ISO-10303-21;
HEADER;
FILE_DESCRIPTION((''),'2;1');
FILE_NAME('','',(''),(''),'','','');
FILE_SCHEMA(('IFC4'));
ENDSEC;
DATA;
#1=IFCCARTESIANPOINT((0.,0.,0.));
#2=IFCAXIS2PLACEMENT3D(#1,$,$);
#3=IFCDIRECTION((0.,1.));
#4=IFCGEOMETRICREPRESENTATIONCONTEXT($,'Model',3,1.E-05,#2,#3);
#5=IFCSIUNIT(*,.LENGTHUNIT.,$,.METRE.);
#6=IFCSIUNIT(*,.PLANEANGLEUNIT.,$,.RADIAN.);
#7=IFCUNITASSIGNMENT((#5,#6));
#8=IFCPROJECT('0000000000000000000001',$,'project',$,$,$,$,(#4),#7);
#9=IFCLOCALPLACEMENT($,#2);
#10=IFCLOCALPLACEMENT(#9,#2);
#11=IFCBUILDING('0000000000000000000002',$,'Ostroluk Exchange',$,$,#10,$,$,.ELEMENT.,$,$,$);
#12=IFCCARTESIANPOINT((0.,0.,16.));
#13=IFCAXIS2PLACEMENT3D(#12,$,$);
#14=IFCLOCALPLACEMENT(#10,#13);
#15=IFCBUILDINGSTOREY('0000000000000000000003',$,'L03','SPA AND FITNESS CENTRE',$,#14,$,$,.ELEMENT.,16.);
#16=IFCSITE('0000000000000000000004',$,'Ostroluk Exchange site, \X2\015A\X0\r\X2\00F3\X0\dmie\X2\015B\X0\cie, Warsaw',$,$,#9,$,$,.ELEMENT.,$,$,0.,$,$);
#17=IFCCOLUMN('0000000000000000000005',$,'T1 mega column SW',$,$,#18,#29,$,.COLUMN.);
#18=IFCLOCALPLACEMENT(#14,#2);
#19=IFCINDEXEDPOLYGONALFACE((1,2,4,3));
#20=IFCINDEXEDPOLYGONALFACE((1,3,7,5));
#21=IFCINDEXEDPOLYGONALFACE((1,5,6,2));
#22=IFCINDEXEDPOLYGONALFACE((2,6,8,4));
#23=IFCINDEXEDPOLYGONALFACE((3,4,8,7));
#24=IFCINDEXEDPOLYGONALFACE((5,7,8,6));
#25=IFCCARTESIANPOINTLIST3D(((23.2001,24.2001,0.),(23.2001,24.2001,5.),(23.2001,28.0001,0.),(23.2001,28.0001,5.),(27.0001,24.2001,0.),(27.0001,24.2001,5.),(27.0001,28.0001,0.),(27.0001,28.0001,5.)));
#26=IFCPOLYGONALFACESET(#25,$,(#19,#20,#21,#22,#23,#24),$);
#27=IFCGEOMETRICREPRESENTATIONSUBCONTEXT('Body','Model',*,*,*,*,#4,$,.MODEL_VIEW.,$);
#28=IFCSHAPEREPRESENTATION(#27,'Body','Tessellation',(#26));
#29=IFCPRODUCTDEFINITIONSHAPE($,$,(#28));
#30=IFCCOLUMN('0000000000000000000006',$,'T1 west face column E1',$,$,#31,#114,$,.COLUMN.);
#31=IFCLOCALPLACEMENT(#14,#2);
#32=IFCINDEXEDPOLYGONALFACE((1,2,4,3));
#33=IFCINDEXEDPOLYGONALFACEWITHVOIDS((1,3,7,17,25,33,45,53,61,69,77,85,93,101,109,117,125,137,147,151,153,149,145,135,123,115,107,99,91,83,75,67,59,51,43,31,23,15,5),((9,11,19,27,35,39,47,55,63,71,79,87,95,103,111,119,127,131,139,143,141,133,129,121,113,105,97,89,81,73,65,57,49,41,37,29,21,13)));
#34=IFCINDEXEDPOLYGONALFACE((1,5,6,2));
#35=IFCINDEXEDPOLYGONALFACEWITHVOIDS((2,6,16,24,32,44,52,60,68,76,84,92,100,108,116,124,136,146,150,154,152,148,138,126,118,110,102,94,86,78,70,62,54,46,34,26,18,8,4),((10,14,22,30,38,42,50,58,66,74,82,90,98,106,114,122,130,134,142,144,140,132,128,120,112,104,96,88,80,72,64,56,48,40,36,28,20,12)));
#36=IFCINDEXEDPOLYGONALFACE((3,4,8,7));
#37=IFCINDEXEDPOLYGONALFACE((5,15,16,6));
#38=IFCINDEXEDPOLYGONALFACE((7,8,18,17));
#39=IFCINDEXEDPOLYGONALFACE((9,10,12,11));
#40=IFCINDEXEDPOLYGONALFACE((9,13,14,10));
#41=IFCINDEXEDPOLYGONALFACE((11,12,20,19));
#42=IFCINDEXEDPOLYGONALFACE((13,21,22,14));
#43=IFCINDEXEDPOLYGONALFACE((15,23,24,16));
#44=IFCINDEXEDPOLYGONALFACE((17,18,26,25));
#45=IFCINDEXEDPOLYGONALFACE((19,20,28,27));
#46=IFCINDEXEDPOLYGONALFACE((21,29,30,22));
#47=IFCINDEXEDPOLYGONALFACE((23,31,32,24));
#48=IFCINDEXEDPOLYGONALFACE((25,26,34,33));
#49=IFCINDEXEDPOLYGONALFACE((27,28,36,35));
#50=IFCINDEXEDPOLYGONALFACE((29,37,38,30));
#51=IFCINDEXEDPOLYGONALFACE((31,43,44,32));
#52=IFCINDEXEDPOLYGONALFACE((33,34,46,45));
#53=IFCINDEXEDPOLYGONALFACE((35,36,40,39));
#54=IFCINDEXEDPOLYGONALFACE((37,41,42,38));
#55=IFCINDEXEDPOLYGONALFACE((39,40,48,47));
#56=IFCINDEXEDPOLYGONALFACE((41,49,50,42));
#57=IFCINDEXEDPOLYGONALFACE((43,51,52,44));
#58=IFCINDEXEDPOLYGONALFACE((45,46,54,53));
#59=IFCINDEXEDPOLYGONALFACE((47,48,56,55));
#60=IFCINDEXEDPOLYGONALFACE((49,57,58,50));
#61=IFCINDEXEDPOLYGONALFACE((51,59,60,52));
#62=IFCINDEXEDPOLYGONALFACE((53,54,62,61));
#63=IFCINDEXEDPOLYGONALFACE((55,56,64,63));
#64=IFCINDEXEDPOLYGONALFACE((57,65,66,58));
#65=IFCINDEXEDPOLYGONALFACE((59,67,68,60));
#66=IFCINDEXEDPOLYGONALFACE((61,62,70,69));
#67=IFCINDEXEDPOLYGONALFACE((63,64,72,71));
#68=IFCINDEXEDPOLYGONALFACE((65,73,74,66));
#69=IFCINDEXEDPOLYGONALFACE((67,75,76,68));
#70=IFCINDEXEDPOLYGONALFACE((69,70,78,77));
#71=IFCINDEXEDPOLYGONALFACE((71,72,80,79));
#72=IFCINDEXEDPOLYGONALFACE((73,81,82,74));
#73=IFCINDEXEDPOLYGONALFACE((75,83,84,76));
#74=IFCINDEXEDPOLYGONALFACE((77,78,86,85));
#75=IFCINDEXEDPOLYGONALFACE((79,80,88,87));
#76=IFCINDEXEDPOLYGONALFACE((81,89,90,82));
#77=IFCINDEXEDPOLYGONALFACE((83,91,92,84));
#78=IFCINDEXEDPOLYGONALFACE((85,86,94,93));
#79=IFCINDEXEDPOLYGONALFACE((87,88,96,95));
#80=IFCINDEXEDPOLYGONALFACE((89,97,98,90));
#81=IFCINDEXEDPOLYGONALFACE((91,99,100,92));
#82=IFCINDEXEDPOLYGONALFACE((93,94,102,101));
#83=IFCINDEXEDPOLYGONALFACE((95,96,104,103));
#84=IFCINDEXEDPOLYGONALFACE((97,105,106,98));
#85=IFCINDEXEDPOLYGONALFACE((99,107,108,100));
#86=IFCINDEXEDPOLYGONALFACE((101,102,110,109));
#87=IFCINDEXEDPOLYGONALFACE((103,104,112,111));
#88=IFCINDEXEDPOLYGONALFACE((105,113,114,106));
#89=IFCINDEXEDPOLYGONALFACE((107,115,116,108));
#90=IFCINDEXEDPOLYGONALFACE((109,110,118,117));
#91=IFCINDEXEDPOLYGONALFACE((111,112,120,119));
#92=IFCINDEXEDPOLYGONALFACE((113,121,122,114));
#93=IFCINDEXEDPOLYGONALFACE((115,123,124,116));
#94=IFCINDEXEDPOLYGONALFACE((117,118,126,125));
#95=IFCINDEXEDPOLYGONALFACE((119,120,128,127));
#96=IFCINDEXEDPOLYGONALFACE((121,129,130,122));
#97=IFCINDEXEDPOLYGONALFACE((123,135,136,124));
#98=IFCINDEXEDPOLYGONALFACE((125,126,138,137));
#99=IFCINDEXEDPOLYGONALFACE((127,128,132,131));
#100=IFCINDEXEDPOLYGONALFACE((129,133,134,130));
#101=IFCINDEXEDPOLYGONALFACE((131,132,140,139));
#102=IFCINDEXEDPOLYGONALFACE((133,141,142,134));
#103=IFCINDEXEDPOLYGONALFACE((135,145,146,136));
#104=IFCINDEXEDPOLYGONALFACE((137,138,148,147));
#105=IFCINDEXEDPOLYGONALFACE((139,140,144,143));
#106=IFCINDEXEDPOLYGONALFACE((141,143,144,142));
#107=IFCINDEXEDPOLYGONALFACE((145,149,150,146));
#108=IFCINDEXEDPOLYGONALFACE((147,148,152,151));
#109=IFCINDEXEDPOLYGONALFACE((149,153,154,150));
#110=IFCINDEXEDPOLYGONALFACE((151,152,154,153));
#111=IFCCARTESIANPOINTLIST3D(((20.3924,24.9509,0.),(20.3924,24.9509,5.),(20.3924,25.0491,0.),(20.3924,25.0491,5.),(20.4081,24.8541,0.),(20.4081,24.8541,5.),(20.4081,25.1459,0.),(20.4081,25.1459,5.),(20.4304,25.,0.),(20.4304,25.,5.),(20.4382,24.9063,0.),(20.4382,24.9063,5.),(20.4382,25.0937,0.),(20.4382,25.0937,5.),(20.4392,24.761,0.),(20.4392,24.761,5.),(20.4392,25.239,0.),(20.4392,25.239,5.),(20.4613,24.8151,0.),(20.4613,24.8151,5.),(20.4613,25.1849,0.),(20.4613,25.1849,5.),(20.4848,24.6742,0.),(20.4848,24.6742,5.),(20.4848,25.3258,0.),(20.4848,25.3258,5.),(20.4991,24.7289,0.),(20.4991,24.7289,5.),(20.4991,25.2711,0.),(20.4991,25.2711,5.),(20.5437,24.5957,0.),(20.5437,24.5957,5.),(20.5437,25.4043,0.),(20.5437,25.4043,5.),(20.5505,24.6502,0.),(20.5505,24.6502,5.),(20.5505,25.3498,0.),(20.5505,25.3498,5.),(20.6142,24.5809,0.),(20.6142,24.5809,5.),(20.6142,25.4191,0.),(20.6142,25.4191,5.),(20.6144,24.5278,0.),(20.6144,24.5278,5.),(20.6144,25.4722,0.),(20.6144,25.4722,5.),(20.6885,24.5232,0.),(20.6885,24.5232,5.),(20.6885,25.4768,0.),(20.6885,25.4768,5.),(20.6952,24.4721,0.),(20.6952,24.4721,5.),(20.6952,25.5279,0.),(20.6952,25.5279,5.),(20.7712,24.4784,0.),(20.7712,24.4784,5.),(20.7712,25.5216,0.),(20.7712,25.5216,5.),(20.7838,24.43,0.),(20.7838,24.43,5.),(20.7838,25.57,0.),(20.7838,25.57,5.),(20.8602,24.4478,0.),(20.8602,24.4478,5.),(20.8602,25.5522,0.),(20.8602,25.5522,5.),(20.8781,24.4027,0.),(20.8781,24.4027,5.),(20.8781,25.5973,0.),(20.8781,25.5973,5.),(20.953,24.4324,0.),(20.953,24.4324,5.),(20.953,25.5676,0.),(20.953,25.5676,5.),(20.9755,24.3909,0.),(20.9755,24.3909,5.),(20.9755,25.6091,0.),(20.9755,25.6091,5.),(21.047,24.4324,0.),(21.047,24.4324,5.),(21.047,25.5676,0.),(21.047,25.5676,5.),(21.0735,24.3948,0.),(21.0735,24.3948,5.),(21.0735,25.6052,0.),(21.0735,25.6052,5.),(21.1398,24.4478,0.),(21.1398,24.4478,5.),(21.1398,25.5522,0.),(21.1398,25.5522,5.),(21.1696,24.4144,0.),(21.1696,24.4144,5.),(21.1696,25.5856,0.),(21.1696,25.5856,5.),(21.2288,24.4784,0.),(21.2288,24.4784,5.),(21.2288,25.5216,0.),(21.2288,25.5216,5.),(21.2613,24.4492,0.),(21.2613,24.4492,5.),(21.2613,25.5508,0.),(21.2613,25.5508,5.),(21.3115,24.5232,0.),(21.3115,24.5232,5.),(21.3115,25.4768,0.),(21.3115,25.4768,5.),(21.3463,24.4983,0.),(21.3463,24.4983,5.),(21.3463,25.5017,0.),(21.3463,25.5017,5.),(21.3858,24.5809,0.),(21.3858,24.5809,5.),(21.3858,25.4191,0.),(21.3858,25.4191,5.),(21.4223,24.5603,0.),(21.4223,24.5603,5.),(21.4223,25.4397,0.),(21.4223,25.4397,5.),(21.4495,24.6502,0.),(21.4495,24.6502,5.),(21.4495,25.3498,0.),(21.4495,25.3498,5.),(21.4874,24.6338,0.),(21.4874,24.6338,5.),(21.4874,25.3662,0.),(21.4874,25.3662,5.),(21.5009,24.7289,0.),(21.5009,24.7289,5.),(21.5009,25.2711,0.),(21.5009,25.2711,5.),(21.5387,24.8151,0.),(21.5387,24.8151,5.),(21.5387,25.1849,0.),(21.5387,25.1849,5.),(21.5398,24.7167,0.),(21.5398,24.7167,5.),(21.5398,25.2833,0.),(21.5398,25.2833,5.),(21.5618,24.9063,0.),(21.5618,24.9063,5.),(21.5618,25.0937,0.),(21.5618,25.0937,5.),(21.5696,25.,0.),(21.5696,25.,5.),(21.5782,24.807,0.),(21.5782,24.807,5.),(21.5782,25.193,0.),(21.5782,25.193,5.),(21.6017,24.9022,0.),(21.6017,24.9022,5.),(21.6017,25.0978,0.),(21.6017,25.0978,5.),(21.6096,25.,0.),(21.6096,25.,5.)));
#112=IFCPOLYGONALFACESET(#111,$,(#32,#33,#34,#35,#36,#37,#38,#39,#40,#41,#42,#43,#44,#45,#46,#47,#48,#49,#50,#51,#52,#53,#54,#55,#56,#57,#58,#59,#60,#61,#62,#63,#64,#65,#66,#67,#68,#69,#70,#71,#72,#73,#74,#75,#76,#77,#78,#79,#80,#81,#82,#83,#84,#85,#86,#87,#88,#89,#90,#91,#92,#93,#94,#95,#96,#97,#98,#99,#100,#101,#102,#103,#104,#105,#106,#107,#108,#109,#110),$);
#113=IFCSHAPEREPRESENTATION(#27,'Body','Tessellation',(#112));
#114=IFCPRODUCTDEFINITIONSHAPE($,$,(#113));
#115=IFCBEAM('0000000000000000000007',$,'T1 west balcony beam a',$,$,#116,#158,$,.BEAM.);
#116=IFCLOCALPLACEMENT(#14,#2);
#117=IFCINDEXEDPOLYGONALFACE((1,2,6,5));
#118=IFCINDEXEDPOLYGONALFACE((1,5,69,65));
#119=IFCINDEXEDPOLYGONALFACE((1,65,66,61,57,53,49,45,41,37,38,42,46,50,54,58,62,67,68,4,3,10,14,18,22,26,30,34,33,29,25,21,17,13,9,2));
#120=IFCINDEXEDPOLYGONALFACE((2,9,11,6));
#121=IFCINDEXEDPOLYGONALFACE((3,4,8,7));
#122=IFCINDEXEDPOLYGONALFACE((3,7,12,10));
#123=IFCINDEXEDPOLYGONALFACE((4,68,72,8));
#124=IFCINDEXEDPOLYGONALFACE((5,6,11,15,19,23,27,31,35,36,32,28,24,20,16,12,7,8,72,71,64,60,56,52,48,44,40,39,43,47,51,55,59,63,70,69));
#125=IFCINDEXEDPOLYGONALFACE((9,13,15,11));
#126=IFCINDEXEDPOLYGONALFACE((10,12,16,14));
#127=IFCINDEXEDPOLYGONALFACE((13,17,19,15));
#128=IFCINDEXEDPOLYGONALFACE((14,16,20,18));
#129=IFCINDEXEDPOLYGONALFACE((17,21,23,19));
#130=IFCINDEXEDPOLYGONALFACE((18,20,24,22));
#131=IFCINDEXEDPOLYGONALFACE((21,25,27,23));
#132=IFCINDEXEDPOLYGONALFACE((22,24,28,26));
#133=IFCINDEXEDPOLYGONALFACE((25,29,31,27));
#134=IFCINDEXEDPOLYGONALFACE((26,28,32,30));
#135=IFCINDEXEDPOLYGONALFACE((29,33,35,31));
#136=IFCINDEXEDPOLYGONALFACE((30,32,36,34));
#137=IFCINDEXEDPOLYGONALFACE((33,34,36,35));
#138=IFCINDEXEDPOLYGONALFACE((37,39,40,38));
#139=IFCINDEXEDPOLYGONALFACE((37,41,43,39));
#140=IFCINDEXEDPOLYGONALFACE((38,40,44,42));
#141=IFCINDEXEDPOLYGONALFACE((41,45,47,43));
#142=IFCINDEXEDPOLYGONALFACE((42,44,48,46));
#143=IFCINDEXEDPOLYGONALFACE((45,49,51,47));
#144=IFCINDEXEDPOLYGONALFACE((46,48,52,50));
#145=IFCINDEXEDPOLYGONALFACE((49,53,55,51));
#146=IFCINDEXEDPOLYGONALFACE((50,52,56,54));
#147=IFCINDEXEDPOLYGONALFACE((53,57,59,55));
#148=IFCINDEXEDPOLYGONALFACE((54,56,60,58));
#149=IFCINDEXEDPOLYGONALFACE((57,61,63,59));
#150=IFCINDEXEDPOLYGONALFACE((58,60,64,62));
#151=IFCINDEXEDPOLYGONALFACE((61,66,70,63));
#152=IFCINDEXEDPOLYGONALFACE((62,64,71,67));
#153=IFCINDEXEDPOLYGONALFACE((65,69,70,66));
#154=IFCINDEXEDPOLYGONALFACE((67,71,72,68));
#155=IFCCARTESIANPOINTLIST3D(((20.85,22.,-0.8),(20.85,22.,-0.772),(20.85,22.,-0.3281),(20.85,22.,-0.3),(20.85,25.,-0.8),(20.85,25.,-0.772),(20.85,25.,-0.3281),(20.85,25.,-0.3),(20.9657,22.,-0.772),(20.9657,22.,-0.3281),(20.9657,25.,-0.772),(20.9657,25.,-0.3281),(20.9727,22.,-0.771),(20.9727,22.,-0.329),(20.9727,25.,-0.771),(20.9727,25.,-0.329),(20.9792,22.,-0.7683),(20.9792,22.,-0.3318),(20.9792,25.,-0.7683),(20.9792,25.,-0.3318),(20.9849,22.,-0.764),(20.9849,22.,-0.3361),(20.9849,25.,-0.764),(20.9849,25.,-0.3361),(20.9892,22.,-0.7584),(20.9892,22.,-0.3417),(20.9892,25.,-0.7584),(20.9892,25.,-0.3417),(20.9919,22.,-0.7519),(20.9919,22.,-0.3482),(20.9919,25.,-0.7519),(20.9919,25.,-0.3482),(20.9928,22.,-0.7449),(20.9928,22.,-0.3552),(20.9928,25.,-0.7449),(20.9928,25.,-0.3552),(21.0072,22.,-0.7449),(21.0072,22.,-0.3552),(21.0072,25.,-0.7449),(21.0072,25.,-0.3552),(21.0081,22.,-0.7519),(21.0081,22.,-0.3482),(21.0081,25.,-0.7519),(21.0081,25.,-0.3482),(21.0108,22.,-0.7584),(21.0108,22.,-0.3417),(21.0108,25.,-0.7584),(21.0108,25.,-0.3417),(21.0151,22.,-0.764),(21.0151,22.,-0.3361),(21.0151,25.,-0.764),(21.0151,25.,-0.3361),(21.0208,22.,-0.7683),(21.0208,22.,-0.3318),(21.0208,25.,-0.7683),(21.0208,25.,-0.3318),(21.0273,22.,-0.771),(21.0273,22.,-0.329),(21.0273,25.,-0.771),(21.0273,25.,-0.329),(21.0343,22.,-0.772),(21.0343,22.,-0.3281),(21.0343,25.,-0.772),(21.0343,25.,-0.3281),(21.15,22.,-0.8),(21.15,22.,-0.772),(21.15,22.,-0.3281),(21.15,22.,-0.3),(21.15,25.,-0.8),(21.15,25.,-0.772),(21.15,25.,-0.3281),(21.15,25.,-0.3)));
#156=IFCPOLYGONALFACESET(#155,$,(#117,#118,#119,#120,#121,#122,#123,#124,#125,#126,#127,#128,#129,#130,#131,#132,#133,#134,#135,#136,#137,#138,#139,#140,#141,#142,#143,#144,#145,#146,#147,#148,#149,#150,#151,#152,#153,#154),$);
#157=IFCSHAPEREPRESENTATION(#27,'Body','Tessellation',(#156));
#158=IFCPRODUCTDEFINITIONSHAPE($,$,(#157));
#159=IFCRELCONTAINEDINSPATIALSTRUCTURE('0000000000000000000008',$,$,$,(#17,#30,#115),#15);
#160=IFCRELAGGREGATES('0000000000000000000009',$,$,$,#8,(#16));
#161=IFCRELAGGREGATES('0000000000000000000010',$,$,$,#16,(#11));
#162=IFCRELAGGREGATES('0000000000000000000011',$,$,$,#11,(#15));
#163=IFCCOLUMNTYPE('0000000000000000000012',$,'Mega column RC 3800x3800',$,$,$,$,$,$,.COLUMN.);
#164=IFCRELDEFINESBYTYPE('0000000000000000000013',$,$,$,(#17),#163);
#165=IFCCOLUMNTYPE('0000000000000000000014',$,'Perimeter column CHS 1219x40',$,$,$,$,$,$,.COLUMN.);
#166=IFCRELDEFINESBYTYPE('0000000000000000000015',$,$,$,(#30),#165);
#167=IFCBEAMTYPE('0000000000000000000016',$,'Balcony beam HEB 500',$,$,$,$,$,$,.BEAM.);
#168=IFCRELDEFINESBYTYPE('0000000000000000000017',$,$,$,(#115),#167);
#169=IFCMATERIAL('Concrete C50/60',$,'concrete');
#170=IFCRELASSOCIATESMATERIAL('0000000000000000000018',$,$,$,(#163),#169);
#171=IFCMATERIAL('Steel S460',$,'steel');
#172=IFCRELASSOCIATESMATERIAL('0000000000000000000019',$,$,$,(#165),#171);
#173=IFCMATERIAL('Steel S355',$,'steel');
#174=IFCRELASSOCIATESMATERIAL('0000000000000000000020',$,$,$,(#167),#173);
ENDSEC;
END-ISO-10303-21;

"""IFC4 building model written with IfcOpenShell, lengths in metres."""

from ifc_helpers import new_model, si_unit, direction, frame, origin, origin_2d, place, context, subcontext, project, spatial, rectangle, hollow_circle, i_section, extrude, material, material_profile, profile_set, type_object, element, save


model = new_model("IFC4")

# Units and contexts
model_context = context("Model", 3, precision=1e-05, world=origin(), true_north=direction((0.0, 1.0)))
body_context = subcontext(model_context, "Body", "Model", "MODEL_VIEW")
ifc_project = project(units=[si_unit("LENGTHUNIT", "METRE"), si_unit("PLANEANGLEUNIT", "RADIAN")], contexts=[model_context])

# Site, building, storey
site_placement = place(None, origin())
site = spatial("IfcSite", under=ifc_project, at=site_placement, Name="Ostroluk Exchange site, Śródmieście, Warsaw", CompositionType="ELEMENT", RefElevation=0.0)
building_placement = place(site_placement, origin())
building = spatial("IfcBuilding", under=site, at=building_placement, Name="Ostroluk Exchange", CompositionType="ELEMENT")
storey_placement = place(building_placement, frame((0.0, 0.0, 16.0)))
storey = spatial("IfcBuildingStorey", under=building, at=storey_placement, Name="L03", Description="SPA AND FITNESS CENTRE", CompositionType="ELEMENT", Elevation=16.0)

# Columns
ifc_material_1 = material(Name="Concrete C50/60", Category="concrete")
ifc_material_profile_1 = material_profile(ifc_material_1, rectangle(XDim=3.8, YDim=3.8, at=origin_2d()), Name="RC 3800x3800")
ifc_profile_set_1 = profile_set([ifc_material_profile_1], Name="Concrete C50/60")
column_type_1 = type_object("IfcColumnType", Name="Mega column RC 3800x3800", PredefinedType="COLUMN", material=ifc_profile_set_1)
column_1_placement = place(storey_placement, frame((25.1001, 26.1001, 0.0), z_axis=(0.0, 0.0, 1.0), x_axis=(1.0, 0.0, 0.0)))
element("IfcColumn", 1, at=column_1_placement, inside=storey, type_object=column_type_1, Name="T1 mega column SW", PredefinedType="COLUMN", context=body_context, shape_type="SweptSolid", body=[
    extrude(rectangle(XDim=3.8, YDim=3.8, at=origin_2d()), origin(), (0.0, 0.0, 1.0), 5.0),
])
ifc_material_2 = material(Name="Steel S460", Category="steel")
ifc_material_profile_2 = material_profile(ifc_material_2, hollow_circle(Radius=0.6096, WallThickness=0.04, at=origin_2d()), Name="CHS 1219x40")
ifc_profile_set_2 = profile_set([ifc_material_profile_2], Name="Steel S460")
column_type_2 = type_object("IfcColumnType", Name="Perimeter column CHS 1219x40", PredefinedType="COLUMN", material=ifc_profile_set_2)
column_2_placement = place(storey_placement, frame((21.0, 25.0, 0.0), z_axis=(0.0, 0.0, 1.0), x_axis=(1.0, 0.0, 0.0)))
element("IfcColumn", 2, at=column_2_placement, inside=storey, type_object=column_type_2, Name="T1 west face column E1", PredefinedType="COLUMN", context=body_context, shape_type="SweptSolid", body=[
    extrude(hollow_circle(Radius=0.6096, WallThickness=0.04, at=origin_2d()), origin(), (0.0, 0.0, 1.0), 5.0),
])

# Beam
ifc_material_3 = material(Name="Steel S355", Category="steel")
ifc_material_profile_3 = material_profile(ifc_material_3, i_section(OverallWidth=0.3, OverallDepth=0.5, WebThickness=0.0144, FlangeThickness=0.0281, FilletRadius=0.0271, at=origin_2d()), Name="HEB 500")
ifc_profile_set_3 = profile_set([ifc_material_profile_3], Name="Steel S355")
beam_type_1 = type_object("IfcBeamType", Name="Balcony beam HEB 500", PredefinedType="BEAM", material=ifc_profile_set_3)
beam_1_placement = place(storey_placement, frame((21.0, 25.0, -0.55), z_axis=(0.0, -1.0, 0.0), x_axis=(1.0, 0.0, 0.0)))
element("IfcBeam", 3, at=beam_1_placement, inside=storey, type_object=beam_type_1, Name="T1 west balcony beam a", PredefinedType="BEAM", context=body_context, shape_type="SweptSolid", body=[
    extrude(i_section(OverallWidth=0.3, OverallDepth=0.5, WebThickness=0.0144, FlangeThickness=0.0281, FilletRadius=0.0271, at=origin_2d()), origin(), (0.0, 0.0, 1.0), 3.0),
])

save(model, "model.ifc")
